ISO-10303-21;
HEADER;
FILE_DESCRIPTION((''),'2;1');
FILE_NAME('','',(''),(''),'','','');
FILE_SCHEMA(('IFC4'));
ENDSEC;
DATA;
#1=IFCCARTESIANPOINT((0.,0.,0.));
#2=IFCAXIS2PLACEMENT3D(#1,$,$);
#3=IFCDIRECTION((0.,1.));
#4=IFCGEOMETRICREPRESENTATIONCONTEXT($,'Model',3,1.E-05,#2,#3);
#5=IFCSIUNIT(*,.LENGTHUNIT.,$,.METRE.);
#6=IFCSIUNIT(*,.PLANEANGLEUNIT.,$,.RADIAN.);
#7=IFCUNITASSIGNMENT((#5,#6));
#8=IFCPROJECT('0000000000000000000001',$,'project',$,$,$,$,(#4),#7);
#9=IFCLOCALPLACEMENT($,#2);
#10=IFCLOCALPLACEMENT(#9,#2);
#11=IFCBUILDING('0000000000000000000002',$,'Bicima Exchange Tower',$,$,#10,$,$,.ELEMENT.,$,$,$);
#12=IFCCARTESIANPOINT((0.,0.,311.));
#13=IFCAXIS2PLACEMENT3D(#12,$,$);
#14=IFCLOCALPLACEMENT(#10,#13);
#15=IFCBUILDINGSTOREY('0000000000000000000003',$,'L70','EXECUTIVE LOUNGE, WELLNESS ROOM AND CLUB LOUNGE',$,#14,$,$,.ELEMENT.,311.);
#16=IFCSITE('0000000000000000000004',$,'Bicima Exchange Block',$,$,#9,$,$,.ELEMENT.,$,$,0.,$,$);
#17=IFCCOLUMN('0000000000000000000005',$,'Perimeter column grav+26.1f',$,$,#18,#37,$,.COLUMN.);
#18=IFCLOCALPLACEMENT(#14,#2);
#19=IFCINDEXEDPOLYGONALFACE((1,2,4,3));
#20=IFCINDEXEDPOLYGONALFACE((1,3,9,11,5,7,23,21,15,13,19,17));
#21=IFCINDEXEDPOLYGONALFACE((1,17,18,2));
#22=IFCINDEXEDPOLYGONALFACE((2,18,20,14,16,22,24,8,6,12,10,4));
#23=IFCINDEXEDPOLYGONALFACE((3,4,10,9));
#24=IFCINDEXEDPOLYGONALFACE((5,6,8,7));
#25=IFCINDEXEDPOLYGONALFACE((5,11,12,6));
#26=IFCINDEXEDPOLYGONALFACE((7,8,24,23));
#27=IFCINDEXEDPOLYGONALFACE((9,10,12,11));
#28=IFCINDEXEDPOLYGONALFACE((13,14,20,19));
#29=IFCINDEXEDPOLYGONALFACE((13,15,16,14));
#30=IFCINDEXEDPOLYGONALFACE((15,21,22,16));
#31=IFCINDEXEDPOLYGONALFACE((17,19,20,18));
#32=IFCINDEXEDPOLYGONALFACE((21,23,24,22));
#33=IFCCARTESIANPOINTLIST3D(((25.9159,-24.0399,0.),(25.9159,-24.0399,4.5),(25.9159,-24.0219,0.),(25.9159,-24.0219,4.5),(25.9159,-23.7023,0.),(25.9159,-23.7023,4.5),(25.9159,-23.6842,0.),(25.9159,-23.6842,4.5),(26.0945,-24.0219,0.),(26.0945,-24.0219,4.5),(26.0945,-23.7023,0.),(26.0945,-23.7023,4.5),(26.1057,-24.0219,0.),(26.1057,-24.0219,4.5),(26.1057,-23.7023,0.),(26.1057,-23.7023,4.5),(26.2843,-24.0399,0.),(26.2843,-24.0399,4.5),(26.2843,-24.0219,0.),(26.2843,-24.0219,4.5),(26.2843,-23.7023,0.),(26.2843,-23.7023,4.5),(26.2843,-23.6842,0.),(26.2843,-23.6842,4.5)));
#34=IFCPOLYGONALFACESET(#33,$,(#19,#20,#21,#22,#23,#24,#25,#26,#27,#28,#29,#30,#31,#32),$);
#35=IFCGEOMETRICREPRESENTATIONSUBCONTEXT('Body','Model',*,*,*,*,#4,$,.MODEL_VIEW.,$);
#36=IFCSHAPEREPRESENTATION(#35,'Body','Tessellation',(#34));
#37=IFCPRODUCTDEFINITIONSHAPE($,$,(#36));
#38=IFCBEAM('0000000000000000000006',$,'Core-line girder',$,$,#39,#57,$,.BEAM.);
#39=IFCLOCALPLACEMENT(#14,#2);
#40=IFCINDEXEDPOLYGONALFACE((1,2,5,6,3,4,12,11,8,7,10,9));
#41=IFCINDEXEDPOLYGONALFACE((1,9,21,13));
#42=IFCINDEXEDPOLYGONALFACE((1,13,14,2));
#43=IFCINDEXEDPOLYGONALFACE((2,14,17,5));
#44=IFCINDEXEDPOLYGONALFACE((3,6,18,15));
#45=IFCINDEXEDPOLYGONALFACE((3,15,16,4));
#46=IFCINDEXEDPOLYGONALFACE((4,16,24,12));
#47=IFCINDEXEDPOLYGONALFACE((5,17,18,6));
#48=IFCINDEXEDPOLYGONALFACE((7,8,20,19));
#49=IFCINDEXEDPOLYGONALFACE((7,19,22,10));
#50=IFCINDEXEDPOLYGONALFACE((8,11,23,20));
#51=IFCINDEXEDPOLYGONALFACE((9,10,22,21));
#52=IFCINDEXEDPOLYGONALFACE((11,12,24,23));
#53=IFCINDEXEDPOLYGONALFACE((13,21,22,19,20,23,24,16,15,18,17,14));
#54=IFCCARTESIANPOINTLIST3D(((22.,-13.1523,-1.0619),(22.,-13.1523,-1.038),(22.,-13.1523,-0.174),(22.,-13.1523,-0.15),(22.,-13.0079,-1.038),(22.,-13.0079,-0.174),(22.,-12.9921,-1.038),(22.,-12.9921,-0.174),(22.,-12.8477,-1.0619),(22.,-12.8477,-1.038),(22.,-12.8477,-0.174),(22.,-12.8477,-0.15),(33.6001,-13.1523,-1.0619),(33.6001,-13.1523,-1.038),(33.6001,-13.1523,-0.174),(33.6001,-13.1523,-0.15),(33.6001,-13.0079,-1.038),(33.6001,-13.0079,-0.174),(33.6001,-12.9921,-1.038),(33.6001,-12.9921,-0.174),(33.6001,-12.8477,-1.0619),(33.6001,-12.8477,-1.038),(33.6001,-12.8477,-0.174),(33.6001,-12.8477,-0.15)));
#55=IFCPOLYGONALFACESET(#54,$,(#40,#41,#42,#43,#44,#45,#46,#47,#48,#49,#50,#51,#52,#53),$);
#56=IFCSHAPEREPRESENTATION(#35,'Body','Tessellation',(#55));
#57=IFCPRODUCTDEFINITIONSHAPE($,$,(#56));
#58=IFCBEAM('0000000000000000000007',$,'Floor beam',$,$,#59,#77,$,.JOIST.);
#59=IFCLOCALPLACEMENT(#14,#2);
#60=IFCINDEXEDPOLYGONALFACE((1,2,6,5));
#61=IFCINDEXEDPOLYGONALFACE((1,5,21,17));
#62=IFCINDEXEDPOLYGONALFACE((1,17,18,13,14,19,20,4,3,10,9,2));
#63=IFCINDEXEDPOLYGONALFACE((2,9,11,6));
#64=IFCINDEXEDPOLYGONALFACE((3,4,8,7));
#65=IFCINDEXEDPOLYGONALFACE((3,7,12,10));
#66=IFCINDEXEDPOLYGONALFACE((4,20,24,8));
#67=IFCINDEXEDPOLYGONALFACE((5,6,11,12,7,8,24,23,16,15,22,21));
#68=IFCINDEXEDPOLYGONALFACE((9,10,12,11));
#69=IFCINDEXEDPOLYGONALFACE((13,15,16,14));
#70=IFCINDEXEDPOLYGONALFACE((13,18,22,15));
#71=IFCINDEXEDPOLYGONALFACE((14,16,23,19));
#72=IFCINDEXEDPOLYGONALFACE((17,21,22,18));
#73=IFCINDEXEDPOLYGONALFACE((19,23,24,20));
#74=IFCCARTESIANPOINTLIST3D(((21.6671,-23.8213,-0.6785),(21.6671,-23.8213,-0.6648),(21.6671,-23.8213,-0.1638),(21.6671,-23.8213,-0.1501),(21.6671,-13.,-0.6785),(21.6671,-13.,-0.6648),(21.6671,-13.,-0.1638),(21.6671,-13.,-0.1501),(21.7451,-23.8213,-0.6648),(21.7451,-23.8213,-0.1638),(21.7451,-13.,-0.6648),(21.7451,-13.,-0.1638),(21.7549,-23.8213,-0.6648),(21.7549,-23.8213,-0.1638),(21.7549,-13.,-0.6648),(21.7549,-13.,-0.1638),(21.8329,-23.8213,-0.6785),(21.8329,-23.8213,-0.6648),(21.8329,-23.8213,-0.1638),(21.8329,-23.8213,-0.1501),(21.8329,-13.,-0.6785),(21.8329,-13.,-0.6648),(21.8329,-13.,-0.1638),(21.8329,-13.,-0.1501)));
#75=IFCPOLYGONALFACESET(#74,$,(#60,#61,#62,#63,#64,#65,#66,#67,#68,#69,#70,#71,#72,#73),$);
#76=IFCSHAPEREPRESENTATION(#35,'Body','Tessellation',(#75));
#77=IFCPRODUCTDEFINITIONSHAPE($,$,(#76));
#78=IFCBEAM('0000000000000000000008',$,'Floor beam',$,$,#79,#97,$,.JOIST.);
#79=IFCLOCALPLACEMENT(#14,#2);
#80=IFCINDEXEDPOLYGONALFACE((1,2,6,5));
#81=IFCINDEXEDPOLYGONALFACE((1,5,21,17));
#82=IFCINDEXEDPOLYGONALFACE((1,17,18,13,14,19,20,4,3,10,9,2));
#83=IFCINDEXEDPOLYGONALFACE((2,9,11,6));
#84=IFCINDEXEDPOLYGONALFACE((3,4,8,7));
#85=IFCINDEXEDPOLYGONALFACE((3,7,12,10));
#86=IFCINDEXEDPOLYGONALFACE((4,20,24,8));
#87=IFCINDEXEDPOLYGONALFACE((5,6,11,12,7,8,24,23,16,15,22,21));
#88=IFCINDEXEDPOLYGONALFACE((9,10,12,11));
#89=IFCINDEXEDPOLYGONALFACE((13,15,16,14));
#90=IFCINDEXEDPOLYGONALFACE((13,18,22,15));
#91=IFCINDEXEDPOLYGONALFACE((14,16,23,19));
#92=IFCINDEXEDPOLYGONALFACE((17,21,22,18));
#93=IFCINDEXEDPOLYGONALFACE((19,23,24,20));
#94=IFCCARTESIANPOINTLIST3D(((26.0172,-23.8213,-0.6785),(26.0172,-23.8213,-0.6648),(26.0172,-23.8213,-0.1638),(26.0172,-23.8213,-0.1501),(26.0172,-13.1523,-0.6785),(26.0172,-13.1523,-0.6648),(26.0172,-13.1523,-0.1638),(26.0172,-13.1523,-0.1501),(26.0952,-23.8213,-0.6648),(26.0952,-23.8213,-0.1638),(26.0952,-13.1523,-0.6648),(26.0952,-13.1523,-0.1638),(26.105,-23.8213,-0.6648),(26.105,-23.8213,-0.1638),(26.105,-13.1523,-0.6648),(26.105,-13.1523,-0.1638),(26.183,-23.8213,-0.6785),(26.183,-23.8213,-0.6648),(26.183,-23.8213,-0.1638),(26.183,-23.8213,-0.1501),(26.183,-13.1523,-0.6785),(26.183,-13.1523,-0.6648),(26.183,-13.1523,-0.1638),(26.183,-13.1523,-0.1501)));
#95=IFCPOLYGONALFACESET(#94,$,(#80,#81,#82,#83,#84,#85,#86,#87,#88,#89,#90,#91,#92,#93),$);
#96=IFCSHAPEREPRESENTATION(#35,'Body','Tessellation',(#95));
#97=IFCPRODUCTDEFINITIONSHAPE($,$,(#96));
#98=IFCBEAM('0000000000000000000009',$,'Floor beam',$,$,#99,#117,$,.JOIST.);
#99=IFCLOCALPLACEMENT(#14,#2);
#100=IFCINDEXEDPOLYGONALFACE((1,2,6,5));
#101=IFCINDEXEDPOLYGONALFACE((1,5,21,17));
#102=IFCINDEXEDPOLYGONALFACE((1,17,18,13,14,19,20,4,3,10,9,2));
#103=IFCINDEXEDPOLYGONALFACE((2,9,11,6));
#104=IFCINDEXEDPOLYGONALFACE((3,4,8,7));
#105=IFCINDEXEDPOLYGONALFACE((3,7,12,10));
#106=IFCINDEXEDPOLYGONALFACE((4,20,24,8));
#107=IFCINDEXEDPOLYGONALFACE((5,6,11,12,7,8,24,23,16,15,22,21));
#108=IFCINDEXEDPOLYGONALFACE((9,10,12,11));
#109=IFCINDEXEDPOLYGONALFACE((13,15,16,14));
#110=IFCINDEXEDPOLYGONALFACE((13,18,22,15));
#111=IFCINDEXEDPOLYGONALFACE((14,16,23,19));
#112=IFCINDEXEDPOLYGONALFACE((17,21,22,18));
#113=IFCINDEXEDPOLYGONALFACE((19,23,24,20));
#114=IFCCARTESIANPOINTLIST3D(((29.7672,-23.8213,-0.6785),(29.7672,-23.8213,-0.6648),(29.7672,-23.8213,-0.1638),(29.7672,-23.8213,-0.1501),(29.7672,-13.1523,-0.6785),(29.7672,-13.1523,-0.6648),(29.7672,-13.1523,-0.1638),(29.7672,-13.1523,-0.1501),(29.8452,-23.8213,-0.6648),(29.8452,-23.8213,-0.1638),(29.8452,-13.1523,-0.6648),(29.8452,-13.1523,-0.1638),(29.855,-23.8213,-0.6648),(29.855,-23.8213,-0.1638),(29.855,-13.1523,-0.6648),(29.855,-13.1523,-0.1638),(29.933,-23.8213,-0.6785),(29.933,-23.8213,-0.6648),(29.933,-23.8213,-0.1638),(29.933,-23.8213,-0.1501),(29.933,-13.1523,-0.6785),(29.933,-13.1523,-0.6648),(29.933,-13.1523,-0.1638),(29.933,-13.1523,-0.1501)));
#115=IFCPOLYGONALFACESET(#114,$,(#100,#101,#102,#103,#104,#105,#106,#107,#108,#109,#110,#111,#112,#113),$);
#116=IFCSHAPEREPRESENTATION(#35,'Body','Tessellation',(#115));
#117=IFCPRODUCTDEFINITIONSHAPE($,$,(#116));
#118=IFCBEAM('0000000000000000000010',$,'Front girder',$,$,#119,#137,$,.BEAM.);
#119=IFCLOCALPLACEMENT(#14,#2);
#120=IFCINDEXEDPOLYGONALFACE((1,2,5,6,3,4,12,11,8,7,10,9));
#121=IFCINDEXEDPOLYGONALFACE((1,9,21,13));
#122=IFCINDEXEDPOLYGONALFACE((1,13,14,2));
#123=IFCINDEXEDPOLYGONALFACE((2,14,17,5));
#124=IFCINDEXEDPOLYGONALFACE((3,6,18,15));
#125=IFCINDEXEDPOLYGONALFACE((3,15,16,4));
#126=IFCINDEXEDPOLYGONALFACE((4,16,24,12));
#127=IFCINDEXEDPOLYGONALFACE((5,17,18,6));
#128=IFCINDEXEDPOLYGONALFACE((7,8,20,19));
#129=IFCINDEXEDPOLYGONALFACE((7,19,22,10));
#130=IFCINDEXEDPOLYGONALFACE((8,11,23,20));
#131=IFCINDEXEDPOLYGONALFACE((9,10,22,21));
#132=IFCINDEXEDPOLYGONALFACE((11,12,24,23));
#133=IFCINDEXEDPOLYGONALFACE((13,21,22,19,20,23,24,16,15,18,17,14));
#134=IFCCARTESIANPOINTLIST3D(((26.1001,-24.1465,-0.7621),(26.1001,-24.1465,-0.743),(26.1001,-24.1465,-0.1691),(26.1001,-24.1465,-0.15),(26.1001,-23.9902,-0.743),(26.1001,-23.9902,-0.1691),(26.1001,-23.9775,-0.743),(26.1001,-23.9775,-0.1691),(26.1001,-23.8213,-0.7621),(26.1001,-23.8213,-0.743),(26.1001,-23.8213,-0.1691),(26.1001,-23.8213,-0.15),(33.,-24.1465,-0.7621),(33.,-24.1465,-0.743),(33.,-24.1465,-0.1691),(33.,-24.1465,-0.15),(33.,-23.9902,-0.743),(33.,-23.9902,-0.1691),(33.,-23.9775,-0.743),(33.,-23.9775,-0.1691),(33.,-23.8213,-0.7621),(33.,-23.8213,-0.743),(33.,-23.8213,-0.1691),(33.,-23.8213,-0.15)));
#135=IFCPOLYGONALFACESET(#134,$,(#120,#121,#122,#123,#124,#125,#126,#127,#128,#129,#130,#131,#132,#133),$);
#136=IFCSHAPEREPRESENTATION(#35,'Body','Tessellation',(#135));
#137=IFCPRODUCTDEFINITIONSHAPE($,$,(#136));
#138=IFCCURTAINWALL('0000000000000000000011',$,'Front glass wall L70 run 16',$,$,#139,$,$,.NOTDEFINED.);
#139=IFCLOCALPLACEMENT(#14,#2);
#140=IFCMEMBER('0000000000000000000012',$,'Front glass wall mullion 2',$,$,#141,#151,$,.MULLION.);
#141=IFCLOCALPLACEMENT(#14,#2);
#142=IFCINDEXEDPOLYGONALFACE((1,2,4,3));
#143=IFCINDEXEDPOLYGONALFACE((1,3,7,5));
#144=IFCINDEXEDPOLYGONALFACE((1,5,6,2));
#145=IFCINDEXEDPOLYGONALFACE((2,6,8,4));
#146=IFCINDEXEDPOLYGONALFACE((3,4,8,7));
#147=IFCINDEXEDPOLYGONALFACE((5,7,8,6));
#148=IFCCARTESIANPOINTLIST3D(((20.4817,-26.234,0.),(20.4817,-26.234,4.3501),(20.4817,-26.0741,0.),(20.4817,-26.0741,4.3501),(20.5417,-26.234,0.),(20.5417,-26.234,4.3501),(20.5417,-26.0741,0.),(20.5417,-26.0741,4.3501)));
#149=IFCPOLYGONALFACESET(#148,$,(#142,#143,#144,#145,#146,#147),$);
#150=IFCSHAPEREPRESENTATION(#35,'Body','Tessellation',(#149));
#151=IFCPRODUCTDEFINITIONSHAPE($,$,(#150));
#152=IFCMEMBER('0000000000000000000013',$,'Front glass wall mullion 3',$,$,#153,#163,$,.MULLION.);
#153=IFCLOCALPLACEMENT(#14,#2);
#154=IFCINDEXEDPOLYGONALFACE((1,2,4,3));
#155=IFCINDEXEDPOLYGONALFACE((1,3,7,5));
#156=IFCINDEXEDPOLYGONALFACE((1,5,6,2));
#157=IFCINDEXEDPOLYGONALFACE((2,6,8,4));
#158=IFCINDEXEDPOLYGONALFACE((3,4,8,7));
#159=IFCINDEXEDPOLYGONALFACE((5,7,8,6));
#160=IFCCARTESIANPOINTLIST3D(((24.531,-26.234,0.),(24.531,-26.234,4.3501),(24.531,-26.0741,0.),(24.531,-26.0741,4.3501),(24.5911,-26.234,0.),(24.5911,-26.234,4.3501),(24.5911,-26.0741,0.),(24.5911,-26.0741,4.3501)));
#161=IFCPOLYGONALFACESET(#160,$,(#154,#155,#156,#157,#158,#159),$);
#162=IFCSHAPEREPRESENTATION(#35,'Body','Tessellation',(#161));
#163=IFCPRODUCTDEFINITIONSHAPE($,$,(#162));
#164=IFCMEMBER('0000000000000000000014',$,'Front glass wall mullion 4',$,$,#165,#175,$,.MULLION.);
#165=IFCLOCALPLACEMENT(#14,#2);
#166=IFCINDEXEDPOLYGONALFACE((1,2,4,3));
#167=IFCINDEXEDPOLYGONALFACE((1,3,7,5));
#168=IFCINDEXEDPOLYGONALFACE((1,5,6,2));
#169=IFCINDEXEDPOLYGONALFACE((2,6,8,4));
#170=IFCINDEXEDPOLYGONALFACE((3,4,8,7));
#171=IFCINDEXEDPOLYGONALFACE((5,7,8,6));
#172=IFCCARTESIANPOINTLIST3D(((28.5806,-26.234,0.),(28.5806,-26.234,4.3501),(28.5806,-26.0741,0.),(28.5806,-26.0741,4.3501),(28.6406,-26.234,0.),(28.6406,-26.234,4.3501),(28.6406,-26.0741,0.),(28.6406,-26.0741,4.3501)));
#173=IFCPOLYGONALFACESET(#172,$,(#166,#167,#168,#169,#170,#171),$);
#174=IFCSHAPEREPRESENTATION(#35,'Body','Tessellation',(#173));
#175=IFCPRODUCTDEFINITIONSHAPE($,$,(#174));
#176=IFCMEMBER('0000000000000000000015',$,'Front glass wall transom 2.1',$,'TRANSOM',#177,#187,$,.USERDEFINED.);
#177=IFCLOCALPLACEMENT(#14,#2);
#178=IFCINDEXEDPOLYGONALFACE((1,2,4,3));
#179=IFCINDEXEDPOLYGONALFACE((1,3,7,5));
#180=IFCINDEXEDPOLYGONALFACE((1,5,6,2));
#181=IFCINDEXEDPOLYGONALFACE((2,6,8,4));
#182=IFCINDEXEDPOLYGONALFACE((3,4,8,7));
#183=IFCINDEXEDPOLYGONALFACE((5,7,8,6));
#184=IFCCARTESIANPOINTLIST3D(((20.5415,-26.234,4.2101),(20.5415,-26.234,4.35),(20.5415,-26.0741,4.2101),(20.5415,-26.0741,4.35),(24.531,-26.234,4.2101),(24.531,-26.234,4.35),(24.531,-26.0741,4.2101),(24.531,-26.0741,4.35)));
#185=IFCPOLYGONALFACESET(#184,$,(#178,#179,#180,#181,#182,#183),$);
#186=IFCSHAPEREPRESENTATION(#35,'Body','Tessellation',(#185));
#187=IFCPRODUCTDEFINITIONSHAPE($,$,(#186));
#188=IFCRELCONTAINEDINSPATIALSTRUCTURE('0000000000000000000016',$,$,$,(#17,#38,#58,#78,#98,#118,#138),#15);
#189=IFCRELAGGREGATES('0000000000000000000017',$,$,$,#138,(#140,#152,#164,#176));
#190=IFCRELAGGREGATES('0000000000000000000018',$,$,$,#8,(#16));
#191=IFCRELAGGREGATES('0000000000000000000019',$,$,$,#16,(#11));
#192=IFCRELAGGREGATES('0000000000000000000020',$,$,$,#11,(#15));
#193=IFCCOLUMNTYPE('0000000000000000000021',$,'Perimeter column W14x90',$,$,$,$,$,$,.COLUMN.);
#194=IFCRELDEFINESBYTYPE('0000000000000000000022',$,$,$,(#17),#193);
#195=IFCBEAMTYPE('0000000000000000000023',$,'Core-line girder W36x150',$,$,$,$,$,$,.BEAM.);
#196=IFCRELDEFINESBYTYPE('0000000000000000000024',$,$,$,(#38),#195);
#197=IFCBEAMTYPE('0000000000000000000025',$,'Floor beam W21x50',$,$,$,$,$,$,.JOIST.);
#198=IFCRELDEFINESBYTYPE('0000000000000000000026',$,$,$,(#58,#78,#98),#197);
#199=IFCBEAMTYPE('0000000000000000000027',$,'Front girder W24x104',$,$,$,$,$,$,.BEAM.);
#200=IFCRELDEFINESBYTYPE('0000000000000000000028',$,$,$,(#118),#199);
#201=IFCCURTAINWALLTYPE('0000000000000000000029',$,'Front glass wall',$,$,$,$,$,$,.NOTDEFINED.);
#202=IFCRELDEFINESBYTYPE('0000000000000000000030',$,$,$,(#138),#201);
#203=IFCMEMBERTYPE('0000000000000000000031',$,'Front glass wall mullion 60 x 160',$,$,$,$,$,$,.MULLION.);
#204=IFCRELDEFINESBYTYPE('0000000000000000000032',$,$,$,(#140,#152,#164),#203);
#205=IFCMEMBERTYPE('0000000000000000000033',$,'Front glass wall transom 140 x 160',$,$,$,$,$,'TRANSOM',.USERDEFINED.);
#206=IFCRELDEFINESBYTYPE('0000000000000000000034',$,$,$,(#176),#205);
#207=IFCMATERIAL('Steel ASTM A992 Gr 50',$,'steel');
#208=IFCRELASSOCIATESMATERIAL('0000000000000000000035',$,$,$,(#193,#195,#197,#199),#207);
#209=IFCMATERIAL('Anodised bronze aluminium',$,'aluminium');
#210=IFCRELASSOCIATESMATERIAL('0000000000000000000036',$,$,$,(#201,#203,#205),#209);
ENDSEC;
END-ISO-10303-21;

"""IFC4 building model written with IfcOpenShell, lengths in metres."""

from ifc_helpers import new_model, si_unit, direction, frame, origin, origin_2d, place, context, subcontext, project, spatial, rectangle, i_section, extrude, material, material_profile, profile_set, type_object, element, aggregate, save


model = new_model("IFC4")

# Units and contexts
model_context = context("Model", 3, precision=1e-05, world=origin(), true_north=direction((0.0, 1.0)))
body_context = subcontext(model_context, "Body", "Model", "MODEL_VIEW")
ifc_project = project(units=[si_unit("LENGTHUNIT", "METRE"), si_unit("PLANEANGLEUNIT", "RADIAN")], contexts=[model_context])

# Site, building, storey
site_placement = place(None, origin())
site = spatial("IfcSite", under=ifc_project, at=site_placement, Name="Bicima Exchange Block", CompositionType="ELEMENT", RefElevation=0.0)
building_placement = place(site_placement, origin())
building = spatial("IfcBuilding", under=site, at=building_placement, Name="Bicima Exchange Tower", CompositionType="ELEMENT")
storey_placement = place(building_placement, frame((0.0, 0.0, 311.0)))
storey = spatial("IfcBuildingStorey", under=building, at=storey_placement, Name="L70", Description="EXECUTIVE LOUNGE, WELLNESS ROOM AND CLUB LOUNGE", CompositionType="ELEMENT", Elevation=311.0)

# Column
ifc_material_1 = material(Name="Steel ASTM A992 Gr 50", Category="steel")
ifc_material_profile_1 = material_profile(ifc_material_1, i_section(OverallWidth=0.3684, OverallDepth=0.3557, WebThickness=0.0112, FlangeThickness=0.0181, at=origin_2d()))
ifc_profile_set_1 = profile_set([ifc_material_profile_1], Name="Steel ASTM A992 Gr 50")
column_type = type_object("IfcColumnType", Name="Perimeter column W14x90", PredefinedType="COLUMN", material=ifc_profile_set_1)
column_placement = place(storey_placement, frame((26.1001, -23.8621, 0.0), z_axis=(0.0, 0.0, 1.0), x_axis=(1.0, 0.0, 0.0)))
element("IfcColumn", 1, at=column_placement, inside=storey, type_object=column_type, Name="Perimeter column grav+26.1f", PredefinedType="COLUMN", context=body_context, shape_type="SweptSolid", body=[
    extrude(i_section(OverallWidth=0.3684, OverallDepth=0.3557, WebThickness=0.0112, FlangeThickness=0.0181, at=origin_2d()), origin(), (0.0, 0.0, 1.0), 4.5),
])

# Beams
ifc_material_profile_2 = material_profile(ifc_material_1, i_section(OverallWidth=0.3047, OverallDepth=0.9119, WebThickness=0.0159, FlangeThickness=0.0239, at=origin_2d()))
ifc_profile_set_2 = profile_set([ifc_material_profile_2], Name="Steel ASTM A992 Gr 50")
beam_type_1 = type_object("IfcBeamType", Name="Core-line girder W36x150", PredefinedType="BEAM", material=ifc_profile_set_2)
beam_1_placement = place(storey_placement, frame((22.0, -13.0, -0.606), z_axis=(1.0, 0.0, 0.0), x_axis=(0.0, 1.0, 0.0)))
element("IfcBeam", 2, at=beam_1_placement, inside=storey, type_object=beam_type_1, Name="Core-line girder", PredefinedType="BEAM", context=body_context, shape_type="SweptSolid", body=[
    extrude(i_section(OverallWidth=0.3047, OverallDepth=0.9119, WebThickness=0.0159, FlangeThickness=0.0239, at=origin_2d()), origin(), (0.0, 0.0, 1.0), 11.6001),
])
ifc_material_profile_3 = material_profile(ifc_material_1, i_section(OverallWidth=0.1658, OverallDepth=0.5283, WebThickness=0.0098, FlangeThickness=0.0137, at=origin_2d()))
ifc_profile_set_3 = profile_set([ifc_material_profile_3], Name="Steel ASTM A992 Gr 50")
beam_type_2 = type_object("IfcBeamType", Name="Floor beam W21x50", PredefinedType="JOIST", material=ifc_profile_set_3)
beam_2_placement = place(storey_placement, frame((21.75, -13.0, -0.4143), z_axis=(0.0, -1.0, 0.0), x_axis=(1.0, 0.0, 0.0)))
element("IfcBeam", 3, at=beam_2_placement, inside=storey, type_object=beam_type_2, Name="Floor beam", PredefinedType="JOIST", context=body_context, shape_type="SweptSolid", body=[
    extrude(i_section(OverallWidth=0.1658, OverallDepth=0.5283, WebThickness=0.0098, FlangeThickness=0.0137, at=origin_2d()), origin(), (0.0, 0.0, 1.0), 10.8213),
])
for number, where, z_axis, x_axis, name in (
    (4, (26.1001, -13.1523, -0.4143), (0.0, -1.0, 0.0), (1.0, 0.0, 0.0), "Floor beam"),
    (5, (29.8501, -13.1523, -0.4143), (0.0, -1.0, 0.0), (1.0, 0.0, 0.0), "Floor beam"),
):
    element("IfcBeam", number, at=place(storey_placement, frame(where, z_axis=z_axis, x_axis=x_axis)), inside=storey, type_object=beam_type_2, Name=name, PredefinedType="JOIST", context=body_context, shape_type="SweptSolid", body=[
        extrude(i_section(OverallWidth=0.1658, OverallDepth=0.5283, WebThickness=0.0098, FlangeThickness=0.0137, at=origin_2d()), origin(), (0.0, 0.0, 1.0), 10.6689),
    ])
ifc_material_profile_4 = material_profile(ifc_material_1, i_section(OverallWidth=0.3252, OverallDepth=0.6121, WebThickness=0.0127, FlangeThickness=0.019, at=origin_2d()))
ifc_profile_set_4 = profile_set([ifc_material_profile_4], Name="Steel ASTM A992 Gr 50")
beam_type_3 = type_object("IfcBeamType", Name="Front girder W24x104", PredefinedType="BEAM", material=ifc_profile_set_4)
beam_3_placement = place(storey_placement, frame((26.1001, -23.9839, -0.4561), z_axis=(1.0, 0.0, 0.0), x_axis=(0.0, 1.0, 0.0)))
element("IfcBeam", 6, at=beam_3_placement, inside=storey, type_object=beam_type_3, Name="Front girder", PredefinedType="BEAM", context=body_context, shape_type="SweptSolid", body=[
    extrude(i_section(OverallWidth=0.3252, OverallDepth=0.6121, WebThickness=0.0127, FlangeThickness=0.019, at=origin_2d()), origin(), (0.0, 0.0, 1.0), 6.8999),
])

# Curtain wall, members
ifc_material_2 = material(Name="Anodised bronze aluminium", Category="aluminium")
curtain_wall_type = type_object("IfcCurtainWallType", Name="Front glass wall", PredefinedType="NOTDEFINED", material=ifc_material_2)
curtain_wall_placement = place(storey_placement, origin())
curtain_wall = element("IfcCurtainWall", 7, at=curtain_wall_placement, inside=storey, type_object=curtain_wall_type, Name="Front glass wall L70 run 16", PredefinedType="NOTDEFINED")
ifc_material_profile_5 = material_profile(ifc_material_2, rectangle(XDim=0.1599, YDim=0.0601, at=origin_2d()))
ifc_profile_set_5 = profile_set([ifc_material_profile_5], Name="Anodised bronze aluminium")
member_type_1 = type_object("IfcMemberType", Name="Front glass wall mullion 60 x 160", PredefinedType="MULLION", material=ifc_profile_set_5)
member_1_placement = place(storey_placement, frame((20.5117, -26.1541, 0.0), z_axis=(0.0, 0.0, 1.0), x_axis=(0.0, 1.0, 0.0)))
member_1 = element("IfcMember", 8, at=member_1_placement, type_object=member_type_1, Name="Front glass wall mullion 2", PredefinedType="MULLION", context=body_context, shape_type="SweptSolid", body=[
    extrude(rectangle(XDim=0.1599, YDim=0.0601, at=origin_2d()), origin(), (0.0, 0.0, 1.0), 4.3501),
])
member_2_placement = place(storey_placement, frame((24.561, -26.1541, 0.0), z_axis=(0.0, 0.0, 1.0), x_axis=(0.0, 1.0, 0.0)))
member_2 = element("IfcMember", 9, at=member_2_placement, type_object=member_type_1, Name="Front glass wall mullion 3", PredefinedType="MULLION", context=body_context, shape_type="SweptSolid", body=[
    extrude(rectangle(XDim=0.1599, YDim=0.0601, at=origin_2d()), origin(), (0.0, 0.0, 1.0), 4.3501),
])
member_3_placement = place(storey_placement, frame((28.6106, -26.1541, 0.0), z_axis=(0.0, 0.0, 1.0), x_axis=(0.0, 1.0, 0.0)))
member_3 = element("IfcMember", 10, at=member_3_placement, type_object=member_type_1, Name="Front glass wall mullion 4", PredefinedType="MULLION", context=body_context, shape_type="SweptSolid", body=[
    extrude(rectangle(XDim=0.1599, YDim=0.0601, at=origin_2d()), origin(), (0.0, 0.0, 1.0), 4.3501),
])
ifc_material_profile_6 = material_profile(ifc_material_2, rectangle(XDim=0.1599, YDim=0.1399, at=origin_2d()))
ifc_profile_set_6 = profile_set([ifc_material_profile_6], Name="Anodised bronze aluminium")
member_type_2 = type_object("IfcMemberType", Name="Front glass wall transom 140 x 160", ElementType="TRANSOM", PredefinedType="USERDEFINED", material=ifc_profile_set_6)
member_4_placement = place(storey_placement, frame((20.5415, -26.1541, 4.28), z_axis=(1.0, 0.0, 0.0), x_axis=(0.0, 1.0, 0.0)))
member_4 = element("IfcMember", 11, at=member_4_placement, type_object=member_type_2, Name="Front glass wall transom 2.1", ObjectType="TRANSOM", PredefinedType="USERDEFINED", context=body_context, shape_type="SweptSolid", body=[
    extrude(rectangle(XDim=0.1599, YDim=0.1399, at=origin_2d()), origin(), (0.0, 0.0, 1.0), 3.9895),
])
aggregate(curtain_wall, [member_1, member_2, member_3, member_4])

save(model, "model.ifc")
